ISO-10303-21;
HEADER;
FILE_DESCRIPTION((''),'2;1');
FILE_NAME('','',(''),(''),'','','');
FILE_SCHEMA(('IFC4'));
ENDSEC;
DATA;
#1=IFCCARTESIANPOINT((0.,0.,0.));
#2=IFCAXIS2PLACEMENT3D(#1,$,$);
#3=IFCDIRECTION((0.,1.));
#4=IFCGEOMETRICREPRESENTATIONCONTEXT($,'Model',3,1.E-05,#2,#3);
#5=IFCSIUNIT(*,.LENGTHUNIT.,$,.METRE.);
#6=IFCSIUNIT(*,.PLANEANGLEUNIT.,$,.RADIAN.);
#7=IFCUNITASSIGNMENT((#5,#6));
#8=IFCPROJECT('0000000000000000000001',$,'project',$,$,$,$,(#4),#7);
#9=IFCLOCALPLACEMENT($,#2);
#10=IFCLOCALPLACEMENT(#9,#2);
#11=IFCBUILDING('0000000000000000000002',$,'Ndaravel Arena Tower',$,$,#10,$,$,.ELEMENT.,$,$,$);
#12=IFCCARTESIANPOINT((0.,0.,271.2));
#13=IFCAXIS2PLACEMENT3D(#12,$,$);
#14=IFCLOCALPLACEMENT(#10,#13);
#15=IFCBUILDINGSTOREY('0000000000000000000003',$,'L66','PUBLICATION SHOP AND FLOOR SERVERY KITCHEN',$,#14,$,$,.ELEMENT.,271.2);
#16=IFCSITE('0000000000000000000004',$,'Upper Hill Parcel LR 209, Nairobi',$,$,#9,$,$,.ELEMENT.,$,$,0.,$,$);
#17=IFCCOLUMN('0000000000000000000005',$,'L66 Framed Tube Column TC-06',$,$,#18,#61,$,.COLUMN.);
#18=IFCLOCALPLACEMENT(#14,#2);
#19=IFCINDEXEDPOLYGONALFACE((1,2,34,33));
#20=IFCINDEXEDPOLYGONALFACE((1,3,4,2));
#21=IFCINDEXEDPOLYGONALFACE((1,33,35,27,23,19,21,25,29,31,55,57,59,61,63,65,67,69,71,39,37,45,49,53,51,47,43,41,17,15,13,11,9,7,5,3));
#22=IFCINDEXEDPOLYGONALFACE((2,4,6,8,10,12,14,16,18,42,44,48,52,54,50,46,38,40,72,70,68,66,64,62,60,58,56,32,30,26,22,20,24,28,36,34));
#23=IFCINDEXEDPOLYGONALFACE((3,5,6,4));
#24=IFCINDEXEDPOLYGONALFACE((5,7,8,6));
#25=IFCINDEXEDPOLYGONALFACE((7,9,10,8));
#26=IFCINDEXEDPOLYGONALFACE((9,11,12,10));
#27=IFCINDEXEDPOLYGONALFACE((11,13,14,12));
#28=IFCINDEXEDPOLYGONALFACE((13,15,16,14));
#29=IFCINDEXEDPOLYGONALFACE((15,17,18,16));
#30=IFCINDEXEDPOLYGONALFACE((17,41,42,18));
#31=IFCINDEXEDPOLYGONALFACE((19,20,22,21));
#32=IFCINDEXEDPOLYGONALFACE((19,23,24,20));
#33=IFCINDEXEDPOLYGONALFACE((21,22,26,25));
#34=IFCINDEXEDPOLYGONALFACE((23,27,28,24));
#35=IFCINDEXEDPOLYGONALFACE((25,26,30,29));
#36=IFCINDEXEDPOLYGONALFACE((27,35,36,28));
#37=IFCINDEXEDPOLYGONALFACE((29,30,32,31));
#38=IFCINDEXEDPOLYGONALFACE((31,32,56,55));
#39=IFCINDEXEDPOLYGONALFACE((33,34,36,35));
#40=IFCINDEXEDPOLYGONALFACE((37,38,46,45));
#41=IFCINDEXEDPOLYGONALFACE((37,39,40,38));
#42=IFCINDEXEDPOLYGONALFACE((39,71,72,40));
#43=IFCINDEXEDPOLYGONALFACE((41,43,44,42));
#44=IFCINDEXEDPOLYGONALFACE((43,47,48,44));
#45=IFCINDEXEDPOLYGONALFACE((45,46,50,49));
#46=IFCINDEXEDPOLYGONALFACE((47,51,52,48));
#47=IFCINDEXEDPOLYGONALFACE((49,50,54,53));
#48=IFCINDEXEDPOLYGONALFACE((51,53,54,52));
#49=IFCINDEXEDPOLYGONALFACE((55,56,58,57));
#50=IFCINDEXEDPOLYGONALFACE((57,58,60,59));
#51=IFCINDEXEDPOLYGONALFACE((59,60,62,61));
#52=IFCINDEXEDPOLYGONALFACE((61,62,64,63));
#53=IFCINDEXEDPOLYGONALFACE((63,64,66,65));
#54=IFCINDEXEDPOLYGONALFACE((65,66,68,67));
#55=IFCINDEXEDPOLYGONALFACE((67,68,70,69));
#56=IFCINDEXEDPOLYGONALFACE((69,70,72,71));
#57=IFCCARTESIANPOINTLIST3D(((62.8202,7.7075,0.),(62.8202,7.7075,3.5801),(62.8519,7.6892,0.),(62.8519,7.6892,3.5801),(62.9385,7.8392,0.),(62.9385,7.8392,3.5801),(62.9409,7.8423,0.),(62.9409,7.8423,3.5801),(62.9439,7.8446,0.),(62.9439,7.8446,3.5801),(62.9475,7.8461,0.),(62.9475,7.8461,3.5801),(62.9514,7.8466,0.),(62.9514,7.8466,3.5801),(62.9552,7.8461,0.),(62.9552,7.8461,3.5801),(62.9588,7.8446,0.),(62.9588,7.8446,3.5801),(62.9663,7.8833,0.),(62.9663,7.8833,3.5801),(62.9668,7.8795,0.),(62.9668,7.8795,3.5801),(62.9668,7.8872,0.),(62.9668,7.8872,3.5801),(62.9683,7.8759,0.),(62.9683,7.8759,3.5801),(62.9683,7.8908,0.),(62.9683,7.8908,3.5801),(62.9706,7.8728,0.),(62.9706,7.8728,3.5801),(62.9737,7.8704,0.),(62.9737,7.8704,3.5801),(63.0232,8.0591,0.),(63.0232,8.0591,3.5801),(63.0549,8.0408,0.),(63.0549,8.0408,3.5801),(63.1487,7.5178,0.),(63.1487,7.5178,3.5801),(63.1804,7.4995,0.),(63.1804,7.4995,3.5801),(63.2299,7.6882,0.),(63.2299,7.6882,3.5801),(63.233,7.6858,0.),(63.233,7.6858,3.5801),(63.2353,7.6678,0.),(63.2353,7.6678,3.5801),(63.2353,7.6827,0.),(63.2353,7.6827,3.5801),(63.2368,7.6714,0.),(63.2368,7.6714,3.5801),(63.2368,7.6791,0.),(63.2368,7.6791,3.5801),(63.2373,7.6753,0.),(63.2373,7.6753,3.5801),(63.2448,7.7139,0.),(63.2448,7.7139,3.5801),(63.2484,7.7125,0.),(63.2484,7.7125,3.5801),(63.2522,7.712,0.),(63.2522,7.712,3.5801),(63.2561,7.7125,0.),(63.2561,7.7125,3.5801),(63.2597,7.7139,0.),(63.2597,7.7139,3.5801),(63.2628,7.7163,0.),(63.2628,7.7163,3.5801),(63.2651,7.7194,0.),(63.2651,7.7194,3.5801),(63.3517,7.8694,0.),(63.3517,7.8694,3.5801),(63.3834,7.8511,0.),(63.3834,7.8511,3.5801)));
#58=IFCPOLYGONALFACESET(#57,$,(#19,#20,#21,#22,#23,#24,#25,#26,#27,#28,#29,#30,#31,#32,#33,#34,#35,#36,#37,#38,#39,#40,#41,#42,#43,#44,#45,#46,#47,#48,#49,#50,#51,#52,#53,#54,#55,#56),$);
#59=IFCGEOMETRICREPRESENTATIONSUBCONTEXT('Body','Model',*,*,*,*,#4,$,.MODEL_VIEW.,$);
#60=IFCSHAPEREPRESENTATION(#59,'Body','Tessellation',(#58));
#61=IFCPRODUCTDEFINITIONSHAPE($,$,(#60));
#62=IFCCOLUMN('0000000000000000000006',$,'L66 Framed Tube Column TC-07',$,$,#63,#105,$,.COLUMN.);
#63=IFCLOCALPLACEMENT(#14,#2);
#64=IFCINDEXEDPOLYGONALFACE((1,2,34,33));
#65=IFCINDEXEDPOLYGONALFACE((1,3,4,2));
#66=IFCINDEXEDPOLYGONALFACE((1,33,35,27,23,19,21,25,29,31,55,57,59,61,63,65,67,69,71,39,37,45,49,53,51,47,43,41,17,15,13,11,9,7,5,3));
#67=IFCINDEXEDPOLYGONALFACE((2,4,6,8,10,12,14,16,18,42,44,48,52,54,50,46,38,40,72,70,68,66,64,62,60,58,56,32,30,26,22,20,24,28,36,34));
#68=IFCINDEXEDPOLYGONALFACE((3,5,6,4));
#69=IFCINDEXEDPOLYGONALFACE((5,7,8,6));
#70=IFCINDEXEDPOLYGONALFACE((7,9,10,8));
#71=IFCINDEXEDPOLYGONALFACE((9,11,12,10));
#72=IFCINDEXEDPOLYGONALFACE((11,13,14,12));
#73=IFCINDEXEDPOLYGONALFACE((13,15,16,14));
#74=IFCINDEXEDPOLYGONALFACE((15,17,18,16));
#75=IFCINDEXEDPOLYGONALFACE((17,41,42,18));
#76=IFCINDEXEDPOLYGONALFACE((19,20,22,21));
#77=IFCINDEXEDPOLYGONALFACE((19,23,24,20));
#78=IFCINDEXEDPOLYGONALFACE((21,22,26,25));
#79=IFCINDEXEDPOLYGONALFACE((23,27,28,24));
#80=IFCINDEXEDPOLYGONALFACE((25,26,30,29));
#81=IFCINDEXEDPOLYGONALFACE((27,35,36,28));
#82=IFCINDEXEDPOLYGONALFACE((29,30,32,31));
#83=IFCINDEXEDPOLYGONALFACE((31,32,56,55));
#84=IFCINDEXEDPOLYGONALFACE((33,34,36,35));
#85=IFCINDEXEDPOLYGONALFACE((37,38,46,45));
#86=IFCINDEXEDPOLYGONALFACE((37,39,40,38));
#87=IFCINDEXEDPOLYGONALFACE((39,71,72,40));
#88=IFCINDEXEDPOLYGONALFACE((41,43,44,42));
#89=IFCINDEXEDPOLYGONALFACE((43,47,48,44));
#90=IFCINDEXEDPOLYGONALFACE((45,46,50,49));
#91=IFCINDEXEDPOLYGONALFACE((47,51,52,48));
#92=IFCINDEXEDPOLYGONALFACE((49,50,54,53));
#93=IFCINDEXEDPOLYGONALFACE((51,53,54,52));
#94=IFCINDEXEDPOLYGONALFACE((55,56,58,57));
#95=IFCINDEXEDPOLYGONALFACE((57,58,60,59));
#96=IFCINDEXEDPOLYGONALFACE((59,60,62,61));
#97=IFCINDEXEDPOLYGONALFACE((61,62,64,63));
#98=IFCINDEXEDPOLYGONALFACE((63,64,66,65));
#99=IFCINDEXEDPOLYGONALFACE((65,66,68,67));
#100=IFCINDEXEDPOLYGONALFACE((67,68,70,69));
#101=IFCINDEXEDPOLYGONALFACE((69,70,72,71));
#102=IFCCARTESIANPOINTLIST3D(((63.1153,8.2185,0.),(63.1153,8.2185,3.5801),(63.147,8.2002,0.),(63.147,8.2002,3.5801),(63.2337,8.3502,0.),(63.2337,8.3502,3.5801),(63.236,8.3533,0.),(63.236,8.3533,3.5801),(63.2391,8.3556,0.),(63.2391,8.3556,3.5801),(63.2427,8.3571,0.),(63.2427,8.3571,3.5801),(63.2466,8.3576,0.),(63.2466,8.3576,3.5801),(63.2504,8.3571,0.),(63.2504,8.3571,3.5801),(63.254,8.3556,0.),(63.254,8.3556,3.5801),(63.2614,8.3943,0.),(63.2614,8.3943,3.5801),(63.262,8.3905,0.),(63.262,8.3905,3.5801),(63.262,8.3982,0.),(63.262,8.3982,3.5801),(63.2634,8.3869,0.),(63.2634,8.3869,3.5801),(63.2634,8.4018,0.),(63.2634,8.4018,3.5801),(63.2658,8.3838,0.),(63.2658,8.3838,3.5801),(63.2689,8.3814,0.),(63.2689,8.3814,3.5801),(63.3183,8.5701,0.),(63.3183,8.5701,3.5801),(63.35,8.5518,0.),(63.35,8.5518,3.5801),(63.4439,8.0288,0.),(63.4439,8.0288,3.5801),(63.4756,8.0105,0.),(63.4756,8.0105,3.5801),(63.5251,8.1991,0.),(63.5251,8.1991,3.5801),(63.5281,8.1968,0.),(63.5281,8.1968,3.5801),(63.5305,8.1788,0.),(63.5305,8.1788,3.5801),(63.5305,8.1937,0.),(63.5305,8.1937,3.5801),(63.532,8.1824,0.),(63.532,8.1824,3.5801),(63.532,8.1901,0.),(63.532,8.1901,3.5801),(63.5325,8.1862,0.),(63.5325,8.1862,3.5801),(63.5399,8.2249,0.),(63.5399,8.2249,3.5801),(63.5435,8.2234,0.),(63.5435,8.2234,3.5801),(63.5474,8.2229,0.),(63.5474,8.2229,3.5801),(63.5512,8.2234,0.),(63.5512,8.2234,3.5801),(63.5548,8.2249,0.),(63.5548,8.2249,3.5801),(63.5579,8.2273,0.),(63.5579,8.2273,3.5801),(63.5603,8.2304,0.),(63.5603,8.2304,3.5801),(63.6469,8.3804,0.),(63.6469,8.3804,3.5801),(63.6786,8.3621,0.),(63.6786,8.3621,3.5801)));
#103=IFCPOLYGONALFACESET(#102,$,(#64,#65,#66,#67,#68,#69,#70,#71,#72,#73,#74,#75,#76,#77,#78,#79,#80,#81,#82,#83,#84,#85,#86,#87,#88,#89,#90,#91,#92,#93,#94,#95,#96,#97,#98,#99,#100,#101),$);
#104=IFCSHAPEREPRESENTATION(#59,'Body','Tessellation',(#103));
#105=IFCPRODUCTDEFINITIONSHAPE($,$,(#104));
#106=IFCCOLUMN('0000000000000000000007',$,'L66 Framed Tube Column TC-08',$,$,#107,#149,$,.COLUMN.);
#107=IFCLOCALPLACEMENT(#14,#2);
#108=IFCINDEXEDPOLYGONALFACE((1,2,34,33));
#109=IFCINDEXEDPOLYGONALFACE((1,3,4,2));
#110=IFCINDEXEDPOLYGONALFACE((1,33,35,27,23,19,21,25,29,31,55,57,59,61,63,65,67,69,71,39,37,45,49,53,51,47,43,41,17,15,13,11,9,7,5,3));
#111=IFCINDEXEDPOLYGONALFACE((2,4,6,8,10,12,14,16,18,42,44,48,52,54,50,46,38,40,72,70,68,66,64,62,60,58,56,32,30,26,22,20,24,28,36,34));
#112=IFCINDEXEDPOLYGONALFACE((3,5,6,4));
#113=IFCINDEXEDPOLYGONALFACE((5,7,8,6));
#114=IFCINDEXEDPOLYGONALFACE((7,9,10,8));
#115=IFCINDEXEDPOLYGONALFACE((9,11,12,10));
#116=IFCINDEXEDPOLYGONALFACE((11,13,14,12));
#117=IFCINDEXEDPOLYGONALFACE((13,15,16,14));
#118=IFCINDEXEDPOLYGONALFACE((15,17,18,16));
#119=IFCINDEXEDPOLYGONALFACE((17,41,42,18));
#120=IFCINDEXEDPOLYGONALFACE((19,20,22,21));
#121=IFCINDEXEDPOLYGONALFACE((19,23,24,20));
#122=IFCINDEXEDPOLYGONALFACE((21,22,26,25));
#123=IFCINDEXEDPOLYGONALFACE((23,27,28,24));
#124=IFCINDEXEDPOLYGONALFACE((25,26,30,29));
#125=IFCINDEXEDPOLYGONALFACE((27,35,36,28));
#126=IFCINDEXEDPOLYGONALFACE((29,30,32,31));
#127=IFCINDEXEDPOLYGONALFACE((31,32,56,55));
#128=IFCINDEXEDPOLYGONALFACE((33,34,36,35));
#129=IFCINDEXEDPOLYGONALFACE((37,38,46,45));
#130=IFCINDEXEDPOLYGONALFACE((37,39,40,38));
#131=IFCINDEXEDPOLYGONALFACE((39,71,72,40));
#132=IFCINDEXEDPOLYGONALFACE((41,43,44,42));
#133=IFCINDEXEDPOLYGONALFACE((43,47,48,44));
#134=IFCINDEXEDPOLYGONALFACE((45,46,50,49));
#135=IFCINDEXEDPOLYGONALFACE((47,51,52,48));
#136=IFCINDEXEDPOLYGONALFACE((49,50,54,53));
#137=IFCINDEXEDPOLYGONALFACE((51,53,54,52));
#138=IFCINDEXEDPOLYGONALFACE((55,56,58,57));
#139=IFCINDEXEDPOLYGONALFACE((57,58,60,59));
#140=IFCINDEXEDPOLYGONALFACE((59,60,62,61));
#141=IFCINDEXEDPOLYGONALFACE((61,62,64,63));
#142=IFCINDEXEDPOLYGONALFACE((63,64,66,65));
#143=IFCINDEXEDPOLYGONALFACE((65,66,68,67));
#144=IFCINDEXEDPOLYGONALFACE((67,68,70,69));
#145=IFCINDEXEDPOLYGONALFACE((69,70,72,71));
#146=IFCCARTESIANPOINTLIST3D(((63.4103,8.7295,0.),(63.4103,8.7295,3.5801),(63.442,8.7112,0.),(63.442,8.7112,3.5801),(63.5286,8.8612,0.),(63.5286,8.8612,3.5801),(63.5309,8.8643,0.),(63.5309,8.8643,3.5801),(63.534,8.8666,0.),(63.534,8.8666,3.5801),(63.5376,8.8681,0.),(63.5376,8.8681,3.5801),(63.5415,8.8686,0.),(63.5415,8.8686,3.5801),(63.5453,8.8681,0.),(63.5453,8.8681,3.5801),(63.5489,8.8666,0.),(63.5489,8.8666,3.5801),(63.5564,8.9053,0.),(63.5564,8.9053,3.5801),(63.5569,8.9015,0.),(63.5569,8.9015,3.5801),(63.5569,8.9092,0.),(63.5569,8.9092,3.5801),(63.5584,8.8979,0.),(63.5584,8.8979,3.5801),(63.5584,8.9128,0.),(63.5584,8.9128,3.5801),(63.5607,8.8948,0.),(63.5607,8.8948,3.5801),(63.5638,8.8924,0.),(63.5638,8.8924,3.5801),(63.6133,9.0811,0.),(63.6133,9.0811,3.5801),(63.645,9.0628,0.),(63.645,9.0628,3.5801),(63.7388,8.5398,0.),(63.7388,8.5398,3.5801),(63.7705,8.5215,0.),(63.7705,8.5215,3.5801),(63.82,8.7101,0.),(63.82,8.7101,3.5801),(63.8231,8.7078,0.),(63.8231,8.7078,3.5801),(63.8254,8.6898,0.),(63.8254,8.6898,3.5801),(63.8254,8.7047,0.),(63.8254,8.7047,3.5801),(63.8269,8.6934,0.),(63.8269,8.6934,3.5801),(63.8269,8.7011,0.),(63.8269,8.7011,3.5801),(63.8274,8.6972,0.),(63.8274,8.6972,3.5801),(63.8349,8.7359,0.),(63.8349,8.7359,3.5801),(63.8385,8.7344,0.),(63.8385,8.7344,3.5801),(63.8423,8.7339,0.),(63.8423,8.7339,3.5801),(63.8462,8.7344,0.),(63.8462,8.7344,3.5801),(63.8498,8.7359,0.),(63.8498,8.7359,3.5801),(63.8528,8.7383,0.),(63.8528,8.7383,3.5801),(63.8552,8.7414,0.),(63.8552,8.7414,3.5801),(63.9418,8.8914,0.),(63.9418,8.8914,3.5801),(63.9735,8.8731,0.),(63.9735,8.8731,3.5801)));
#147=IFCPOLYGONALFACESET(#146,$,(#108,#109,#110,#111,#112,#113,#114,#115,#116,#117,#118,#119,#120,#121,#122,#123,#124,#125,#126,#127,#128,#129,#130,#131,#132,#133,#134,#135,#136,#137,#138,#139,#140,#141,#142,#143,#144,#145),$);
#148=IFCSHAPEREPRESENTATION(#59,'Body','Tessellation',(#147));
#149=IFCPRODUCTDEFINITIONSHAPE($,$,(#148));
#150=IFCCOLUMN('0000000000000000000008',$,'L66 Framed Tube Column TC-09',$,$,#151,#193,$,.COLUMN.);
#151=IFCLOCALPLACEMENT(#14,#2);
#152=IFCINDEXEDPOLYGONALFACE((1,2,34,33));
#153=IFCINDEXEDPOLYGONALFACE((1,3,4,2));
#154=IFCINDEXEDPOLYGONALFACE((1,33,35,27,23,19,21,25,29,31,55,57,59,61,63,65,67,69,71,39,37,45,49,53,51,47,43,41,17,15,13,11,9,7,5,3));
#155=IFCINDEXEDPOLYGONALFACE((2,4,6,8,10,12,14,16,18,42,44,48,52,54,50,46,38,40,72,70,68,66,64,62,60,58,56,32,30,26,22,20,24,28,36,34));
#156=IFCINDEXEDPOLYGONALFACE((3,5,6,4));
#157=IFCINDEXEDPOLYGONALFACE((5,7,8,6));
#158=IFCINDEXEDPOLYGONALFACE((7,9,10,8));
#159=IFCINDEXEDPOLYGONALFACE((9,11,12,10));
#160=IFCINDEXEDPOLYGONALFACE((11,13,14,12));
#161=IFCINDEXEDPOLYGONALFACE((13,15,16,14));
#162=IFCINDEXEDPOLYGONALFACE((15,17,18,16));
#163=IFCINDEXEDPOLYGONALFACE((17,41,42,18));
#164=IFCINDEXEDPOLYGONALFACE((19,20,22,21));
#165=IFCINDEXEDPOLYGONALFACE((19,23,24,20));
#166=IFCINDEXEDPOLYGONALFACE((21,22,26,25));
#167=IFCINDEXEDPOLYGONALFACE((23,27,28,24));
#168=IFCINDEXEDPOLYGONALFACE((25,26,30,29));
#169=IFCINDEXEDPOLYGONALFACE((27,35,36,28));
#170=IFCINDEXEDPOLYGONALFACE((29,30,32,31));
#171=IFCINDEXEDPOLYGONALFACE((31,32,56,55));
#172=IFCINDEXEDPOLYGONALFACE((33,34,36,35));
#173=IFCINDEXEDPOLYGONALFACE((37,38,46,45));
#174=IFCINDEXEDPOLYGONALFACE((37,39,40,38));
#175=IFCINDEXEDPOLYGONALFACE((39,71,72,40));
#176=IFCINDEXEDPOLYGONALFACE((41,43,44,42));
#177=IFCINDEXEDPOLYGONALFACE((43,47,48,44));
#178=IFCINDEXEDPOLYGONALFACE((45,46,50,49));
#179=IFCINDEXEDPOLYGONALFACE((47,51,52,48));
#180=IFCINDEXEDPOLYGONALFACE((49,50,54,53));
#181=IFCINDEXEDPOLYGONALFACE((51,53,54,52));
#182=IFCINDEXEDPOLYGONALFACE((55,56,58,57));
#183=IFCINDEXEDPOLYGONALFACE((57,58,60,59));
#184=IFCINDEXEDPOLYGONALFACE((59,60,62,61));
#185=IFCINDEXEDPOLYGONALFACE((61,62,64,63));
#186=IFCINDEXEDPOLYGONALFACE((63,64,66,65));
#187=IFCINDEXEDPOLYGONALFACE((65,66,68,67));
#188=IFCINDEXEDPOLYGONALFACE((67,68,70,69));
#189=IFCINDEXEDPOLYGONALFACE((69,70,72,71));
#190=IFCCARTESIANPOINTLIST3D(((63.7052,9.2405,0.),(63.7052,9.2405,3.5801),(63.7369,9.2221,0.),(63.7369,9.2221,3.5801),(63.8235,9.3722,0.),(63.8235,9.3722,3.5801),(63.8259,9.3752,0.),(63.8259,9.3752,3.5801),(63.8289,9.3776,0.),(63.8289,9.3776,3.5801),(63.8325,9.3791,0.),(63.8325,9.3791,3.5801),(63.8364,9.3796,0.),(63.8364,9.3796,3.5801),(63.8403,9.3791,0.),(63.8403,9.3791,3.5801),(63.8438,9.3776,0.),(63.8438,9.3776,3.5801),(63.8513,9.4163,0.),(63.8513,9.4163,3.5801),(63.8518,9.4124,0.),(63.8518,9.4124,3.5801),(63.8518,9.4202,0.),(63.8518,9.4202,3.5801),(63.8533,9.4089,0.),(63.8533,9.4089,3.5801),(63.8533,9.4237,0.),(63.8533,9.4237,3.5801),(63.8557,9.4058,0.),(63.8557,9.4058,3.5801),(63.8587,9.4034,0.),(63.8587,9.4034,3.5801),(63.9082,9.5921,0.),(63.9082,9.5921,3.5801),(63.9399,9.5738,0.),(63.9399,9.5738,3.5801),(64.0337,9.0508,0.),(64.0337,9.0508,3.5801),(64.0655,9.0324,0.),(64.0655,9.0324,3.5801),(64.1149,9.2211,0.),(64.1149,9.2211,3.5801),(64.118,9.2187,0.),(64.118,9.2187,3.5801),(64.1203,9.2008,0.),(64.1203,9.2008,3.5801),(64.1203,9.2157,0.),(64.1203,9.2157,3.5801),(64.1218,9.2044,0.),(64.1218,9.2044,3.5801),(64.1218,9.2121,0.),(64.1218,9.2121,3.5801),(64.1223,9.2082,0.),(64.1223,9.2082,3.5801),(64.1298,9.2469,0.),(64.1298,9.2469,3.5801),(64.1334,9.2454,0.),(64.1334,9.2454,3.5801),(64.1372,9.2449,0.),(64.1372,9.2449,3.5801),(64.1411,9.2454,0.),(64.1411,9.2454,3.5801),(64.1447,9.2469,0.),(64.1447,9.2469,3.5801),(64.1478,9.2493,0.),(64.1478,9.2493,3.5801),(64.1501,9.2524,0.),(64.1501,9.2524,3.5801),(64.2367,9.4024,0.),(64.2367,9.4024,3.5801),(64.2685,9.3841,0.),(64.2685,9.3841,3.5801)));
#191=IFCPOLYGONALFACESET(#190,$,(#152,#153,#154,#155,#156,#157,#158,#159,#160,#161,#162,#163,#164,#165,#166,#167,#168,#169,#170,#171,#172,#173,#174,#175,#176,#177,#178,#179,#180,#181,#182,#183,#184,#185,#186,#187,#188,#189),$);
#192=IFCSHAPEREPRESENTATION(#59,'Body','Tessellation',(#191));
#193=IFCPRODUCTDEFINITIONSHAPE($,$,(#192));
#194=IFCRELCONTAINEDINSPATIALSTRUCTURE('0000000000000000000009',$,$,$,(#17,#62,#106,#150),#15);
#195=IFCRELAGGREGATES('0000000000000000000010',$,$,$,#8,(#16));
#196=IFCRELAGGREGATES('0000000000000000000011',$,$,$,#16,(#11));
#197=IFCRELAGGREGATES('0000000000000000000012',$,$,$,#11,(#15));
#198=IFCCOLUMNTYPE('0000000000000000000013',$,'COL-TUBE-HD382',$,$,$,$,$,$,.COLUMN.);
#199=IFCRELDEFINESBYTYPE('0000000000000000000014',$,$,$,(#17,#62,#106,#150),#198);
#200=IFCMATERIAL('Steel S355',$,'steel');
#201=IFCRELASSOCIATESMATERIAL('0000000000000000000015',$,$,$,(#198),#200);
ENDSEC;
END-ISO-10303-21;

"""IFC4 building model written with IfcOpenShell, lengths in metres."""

from ifc_helpers import new_model, si_unit, direction, frame, origin, origin_2d, place, context, subcontext, project, spatial, i_section, extrude, material, material_profile, profile_set, type_object, element, save


model = new_model("IFC4")

# Units and contexts
model_context = context("Model", 3, precision=1e-05, world=origin(), true_north=direction((0.0, 1.0)))
body_context = subcontext(model_context, "Body", "Model", "MODEL_VIEW")
ifc_project = project(units=[si_unit("LENGTHUNIT", "METRE"), si_unit("PLANEANGLEUNIT", "RADIAN")], contexts=[model_context])

# Site, building, storey
site_placement = place(None, origin())
site = spatial("IfcSite", under=ifc_project, at=site_placement, Name="Upper Hill Parcel LR 209, Nairobi", CompositionType="ELEMENT", RefElevation=0.0)
building_placement = place(site_placement, origin())
building = spatial("IfcBuilding", under=site, at=building_placement, Name="Ndaravel Arena Tower", CompositionType="ELEMENT")
storey_placement = place(building_placement, frame((0.0, 0.0, 271.2)))
storey = spatial("IfcBuildingStorey", under=building, at=storey_placement, Name="L66", Description="PUBLICATION SHOP AND FLOOR SERVERY KITCHEN", CompositionType="ELEMENT", Elevation=271.2)

# Columns
ifc_material_1 = material(Name="Steel S355", Category="steel")
ifc_material_profile_1 = material_profile(ifc_material_1, i_section(OverallWidth=0.406, OverallDepth=0.416, WebThickness=0.0298, FlangeThickness=0.0366, FilletRadius=0.0149, at=origin_2d()), Name="HD 400x382")
ifc_profile_set_1 = profile_set([ifc_material_profile_1], Name="Steel S355")
column_type = type_object("IfcColumnType", Name="COL-TUBE-HD382", PredefinedType="COLUMN", material=ifc_profile_set_1)
for number, where, z_axis, x_axis, name in (
    (1, (63.1018, 7.7793, 0.0), (0.0, 0.0, 1.0), (0.5, 0.866025, 0.0), "L66 Framed Tube Column TC-06"),
    (2, (63.397, 8.2903, 0.0), (0.0, 0.0, 1.0), (0.5, 0.866025, 0.0), "L66 Framed Tube Column TC-07"),
    (3, (63.6919, 8.8013, 0.0), (0.0, 0.0, 1.0), (0.5, 0.866025, 0.0), "L66 Framed Tube Column TC-08"),
    (4, (63.9868, 9.3123, 0.0), (0.0, 0.0, 1.0), (0.5, 0.866025, 0.0), "L66 Framed Tube Column TC-09"),
):
    element("IfcColumn", number, at=place(storey_placement, frame(where, z_axis=z_axis, x_axis=x_axis)), inside=storey, type_object=column_type, Name=name, PredefinedType="COLUMN", context=body_context, shape_type="SweptSolid", body=[
        extrude(i_section(OverallWidth=0.406, OverallDepth=0.416, WebThickness=0.0298, FlangeThickness=0.0366, FilletRadius=0.0149, at=origin_2d()), origin(), (0.0, 0.0, 1.0), 3.5801),
    ])

save(model, "model.ifc")
